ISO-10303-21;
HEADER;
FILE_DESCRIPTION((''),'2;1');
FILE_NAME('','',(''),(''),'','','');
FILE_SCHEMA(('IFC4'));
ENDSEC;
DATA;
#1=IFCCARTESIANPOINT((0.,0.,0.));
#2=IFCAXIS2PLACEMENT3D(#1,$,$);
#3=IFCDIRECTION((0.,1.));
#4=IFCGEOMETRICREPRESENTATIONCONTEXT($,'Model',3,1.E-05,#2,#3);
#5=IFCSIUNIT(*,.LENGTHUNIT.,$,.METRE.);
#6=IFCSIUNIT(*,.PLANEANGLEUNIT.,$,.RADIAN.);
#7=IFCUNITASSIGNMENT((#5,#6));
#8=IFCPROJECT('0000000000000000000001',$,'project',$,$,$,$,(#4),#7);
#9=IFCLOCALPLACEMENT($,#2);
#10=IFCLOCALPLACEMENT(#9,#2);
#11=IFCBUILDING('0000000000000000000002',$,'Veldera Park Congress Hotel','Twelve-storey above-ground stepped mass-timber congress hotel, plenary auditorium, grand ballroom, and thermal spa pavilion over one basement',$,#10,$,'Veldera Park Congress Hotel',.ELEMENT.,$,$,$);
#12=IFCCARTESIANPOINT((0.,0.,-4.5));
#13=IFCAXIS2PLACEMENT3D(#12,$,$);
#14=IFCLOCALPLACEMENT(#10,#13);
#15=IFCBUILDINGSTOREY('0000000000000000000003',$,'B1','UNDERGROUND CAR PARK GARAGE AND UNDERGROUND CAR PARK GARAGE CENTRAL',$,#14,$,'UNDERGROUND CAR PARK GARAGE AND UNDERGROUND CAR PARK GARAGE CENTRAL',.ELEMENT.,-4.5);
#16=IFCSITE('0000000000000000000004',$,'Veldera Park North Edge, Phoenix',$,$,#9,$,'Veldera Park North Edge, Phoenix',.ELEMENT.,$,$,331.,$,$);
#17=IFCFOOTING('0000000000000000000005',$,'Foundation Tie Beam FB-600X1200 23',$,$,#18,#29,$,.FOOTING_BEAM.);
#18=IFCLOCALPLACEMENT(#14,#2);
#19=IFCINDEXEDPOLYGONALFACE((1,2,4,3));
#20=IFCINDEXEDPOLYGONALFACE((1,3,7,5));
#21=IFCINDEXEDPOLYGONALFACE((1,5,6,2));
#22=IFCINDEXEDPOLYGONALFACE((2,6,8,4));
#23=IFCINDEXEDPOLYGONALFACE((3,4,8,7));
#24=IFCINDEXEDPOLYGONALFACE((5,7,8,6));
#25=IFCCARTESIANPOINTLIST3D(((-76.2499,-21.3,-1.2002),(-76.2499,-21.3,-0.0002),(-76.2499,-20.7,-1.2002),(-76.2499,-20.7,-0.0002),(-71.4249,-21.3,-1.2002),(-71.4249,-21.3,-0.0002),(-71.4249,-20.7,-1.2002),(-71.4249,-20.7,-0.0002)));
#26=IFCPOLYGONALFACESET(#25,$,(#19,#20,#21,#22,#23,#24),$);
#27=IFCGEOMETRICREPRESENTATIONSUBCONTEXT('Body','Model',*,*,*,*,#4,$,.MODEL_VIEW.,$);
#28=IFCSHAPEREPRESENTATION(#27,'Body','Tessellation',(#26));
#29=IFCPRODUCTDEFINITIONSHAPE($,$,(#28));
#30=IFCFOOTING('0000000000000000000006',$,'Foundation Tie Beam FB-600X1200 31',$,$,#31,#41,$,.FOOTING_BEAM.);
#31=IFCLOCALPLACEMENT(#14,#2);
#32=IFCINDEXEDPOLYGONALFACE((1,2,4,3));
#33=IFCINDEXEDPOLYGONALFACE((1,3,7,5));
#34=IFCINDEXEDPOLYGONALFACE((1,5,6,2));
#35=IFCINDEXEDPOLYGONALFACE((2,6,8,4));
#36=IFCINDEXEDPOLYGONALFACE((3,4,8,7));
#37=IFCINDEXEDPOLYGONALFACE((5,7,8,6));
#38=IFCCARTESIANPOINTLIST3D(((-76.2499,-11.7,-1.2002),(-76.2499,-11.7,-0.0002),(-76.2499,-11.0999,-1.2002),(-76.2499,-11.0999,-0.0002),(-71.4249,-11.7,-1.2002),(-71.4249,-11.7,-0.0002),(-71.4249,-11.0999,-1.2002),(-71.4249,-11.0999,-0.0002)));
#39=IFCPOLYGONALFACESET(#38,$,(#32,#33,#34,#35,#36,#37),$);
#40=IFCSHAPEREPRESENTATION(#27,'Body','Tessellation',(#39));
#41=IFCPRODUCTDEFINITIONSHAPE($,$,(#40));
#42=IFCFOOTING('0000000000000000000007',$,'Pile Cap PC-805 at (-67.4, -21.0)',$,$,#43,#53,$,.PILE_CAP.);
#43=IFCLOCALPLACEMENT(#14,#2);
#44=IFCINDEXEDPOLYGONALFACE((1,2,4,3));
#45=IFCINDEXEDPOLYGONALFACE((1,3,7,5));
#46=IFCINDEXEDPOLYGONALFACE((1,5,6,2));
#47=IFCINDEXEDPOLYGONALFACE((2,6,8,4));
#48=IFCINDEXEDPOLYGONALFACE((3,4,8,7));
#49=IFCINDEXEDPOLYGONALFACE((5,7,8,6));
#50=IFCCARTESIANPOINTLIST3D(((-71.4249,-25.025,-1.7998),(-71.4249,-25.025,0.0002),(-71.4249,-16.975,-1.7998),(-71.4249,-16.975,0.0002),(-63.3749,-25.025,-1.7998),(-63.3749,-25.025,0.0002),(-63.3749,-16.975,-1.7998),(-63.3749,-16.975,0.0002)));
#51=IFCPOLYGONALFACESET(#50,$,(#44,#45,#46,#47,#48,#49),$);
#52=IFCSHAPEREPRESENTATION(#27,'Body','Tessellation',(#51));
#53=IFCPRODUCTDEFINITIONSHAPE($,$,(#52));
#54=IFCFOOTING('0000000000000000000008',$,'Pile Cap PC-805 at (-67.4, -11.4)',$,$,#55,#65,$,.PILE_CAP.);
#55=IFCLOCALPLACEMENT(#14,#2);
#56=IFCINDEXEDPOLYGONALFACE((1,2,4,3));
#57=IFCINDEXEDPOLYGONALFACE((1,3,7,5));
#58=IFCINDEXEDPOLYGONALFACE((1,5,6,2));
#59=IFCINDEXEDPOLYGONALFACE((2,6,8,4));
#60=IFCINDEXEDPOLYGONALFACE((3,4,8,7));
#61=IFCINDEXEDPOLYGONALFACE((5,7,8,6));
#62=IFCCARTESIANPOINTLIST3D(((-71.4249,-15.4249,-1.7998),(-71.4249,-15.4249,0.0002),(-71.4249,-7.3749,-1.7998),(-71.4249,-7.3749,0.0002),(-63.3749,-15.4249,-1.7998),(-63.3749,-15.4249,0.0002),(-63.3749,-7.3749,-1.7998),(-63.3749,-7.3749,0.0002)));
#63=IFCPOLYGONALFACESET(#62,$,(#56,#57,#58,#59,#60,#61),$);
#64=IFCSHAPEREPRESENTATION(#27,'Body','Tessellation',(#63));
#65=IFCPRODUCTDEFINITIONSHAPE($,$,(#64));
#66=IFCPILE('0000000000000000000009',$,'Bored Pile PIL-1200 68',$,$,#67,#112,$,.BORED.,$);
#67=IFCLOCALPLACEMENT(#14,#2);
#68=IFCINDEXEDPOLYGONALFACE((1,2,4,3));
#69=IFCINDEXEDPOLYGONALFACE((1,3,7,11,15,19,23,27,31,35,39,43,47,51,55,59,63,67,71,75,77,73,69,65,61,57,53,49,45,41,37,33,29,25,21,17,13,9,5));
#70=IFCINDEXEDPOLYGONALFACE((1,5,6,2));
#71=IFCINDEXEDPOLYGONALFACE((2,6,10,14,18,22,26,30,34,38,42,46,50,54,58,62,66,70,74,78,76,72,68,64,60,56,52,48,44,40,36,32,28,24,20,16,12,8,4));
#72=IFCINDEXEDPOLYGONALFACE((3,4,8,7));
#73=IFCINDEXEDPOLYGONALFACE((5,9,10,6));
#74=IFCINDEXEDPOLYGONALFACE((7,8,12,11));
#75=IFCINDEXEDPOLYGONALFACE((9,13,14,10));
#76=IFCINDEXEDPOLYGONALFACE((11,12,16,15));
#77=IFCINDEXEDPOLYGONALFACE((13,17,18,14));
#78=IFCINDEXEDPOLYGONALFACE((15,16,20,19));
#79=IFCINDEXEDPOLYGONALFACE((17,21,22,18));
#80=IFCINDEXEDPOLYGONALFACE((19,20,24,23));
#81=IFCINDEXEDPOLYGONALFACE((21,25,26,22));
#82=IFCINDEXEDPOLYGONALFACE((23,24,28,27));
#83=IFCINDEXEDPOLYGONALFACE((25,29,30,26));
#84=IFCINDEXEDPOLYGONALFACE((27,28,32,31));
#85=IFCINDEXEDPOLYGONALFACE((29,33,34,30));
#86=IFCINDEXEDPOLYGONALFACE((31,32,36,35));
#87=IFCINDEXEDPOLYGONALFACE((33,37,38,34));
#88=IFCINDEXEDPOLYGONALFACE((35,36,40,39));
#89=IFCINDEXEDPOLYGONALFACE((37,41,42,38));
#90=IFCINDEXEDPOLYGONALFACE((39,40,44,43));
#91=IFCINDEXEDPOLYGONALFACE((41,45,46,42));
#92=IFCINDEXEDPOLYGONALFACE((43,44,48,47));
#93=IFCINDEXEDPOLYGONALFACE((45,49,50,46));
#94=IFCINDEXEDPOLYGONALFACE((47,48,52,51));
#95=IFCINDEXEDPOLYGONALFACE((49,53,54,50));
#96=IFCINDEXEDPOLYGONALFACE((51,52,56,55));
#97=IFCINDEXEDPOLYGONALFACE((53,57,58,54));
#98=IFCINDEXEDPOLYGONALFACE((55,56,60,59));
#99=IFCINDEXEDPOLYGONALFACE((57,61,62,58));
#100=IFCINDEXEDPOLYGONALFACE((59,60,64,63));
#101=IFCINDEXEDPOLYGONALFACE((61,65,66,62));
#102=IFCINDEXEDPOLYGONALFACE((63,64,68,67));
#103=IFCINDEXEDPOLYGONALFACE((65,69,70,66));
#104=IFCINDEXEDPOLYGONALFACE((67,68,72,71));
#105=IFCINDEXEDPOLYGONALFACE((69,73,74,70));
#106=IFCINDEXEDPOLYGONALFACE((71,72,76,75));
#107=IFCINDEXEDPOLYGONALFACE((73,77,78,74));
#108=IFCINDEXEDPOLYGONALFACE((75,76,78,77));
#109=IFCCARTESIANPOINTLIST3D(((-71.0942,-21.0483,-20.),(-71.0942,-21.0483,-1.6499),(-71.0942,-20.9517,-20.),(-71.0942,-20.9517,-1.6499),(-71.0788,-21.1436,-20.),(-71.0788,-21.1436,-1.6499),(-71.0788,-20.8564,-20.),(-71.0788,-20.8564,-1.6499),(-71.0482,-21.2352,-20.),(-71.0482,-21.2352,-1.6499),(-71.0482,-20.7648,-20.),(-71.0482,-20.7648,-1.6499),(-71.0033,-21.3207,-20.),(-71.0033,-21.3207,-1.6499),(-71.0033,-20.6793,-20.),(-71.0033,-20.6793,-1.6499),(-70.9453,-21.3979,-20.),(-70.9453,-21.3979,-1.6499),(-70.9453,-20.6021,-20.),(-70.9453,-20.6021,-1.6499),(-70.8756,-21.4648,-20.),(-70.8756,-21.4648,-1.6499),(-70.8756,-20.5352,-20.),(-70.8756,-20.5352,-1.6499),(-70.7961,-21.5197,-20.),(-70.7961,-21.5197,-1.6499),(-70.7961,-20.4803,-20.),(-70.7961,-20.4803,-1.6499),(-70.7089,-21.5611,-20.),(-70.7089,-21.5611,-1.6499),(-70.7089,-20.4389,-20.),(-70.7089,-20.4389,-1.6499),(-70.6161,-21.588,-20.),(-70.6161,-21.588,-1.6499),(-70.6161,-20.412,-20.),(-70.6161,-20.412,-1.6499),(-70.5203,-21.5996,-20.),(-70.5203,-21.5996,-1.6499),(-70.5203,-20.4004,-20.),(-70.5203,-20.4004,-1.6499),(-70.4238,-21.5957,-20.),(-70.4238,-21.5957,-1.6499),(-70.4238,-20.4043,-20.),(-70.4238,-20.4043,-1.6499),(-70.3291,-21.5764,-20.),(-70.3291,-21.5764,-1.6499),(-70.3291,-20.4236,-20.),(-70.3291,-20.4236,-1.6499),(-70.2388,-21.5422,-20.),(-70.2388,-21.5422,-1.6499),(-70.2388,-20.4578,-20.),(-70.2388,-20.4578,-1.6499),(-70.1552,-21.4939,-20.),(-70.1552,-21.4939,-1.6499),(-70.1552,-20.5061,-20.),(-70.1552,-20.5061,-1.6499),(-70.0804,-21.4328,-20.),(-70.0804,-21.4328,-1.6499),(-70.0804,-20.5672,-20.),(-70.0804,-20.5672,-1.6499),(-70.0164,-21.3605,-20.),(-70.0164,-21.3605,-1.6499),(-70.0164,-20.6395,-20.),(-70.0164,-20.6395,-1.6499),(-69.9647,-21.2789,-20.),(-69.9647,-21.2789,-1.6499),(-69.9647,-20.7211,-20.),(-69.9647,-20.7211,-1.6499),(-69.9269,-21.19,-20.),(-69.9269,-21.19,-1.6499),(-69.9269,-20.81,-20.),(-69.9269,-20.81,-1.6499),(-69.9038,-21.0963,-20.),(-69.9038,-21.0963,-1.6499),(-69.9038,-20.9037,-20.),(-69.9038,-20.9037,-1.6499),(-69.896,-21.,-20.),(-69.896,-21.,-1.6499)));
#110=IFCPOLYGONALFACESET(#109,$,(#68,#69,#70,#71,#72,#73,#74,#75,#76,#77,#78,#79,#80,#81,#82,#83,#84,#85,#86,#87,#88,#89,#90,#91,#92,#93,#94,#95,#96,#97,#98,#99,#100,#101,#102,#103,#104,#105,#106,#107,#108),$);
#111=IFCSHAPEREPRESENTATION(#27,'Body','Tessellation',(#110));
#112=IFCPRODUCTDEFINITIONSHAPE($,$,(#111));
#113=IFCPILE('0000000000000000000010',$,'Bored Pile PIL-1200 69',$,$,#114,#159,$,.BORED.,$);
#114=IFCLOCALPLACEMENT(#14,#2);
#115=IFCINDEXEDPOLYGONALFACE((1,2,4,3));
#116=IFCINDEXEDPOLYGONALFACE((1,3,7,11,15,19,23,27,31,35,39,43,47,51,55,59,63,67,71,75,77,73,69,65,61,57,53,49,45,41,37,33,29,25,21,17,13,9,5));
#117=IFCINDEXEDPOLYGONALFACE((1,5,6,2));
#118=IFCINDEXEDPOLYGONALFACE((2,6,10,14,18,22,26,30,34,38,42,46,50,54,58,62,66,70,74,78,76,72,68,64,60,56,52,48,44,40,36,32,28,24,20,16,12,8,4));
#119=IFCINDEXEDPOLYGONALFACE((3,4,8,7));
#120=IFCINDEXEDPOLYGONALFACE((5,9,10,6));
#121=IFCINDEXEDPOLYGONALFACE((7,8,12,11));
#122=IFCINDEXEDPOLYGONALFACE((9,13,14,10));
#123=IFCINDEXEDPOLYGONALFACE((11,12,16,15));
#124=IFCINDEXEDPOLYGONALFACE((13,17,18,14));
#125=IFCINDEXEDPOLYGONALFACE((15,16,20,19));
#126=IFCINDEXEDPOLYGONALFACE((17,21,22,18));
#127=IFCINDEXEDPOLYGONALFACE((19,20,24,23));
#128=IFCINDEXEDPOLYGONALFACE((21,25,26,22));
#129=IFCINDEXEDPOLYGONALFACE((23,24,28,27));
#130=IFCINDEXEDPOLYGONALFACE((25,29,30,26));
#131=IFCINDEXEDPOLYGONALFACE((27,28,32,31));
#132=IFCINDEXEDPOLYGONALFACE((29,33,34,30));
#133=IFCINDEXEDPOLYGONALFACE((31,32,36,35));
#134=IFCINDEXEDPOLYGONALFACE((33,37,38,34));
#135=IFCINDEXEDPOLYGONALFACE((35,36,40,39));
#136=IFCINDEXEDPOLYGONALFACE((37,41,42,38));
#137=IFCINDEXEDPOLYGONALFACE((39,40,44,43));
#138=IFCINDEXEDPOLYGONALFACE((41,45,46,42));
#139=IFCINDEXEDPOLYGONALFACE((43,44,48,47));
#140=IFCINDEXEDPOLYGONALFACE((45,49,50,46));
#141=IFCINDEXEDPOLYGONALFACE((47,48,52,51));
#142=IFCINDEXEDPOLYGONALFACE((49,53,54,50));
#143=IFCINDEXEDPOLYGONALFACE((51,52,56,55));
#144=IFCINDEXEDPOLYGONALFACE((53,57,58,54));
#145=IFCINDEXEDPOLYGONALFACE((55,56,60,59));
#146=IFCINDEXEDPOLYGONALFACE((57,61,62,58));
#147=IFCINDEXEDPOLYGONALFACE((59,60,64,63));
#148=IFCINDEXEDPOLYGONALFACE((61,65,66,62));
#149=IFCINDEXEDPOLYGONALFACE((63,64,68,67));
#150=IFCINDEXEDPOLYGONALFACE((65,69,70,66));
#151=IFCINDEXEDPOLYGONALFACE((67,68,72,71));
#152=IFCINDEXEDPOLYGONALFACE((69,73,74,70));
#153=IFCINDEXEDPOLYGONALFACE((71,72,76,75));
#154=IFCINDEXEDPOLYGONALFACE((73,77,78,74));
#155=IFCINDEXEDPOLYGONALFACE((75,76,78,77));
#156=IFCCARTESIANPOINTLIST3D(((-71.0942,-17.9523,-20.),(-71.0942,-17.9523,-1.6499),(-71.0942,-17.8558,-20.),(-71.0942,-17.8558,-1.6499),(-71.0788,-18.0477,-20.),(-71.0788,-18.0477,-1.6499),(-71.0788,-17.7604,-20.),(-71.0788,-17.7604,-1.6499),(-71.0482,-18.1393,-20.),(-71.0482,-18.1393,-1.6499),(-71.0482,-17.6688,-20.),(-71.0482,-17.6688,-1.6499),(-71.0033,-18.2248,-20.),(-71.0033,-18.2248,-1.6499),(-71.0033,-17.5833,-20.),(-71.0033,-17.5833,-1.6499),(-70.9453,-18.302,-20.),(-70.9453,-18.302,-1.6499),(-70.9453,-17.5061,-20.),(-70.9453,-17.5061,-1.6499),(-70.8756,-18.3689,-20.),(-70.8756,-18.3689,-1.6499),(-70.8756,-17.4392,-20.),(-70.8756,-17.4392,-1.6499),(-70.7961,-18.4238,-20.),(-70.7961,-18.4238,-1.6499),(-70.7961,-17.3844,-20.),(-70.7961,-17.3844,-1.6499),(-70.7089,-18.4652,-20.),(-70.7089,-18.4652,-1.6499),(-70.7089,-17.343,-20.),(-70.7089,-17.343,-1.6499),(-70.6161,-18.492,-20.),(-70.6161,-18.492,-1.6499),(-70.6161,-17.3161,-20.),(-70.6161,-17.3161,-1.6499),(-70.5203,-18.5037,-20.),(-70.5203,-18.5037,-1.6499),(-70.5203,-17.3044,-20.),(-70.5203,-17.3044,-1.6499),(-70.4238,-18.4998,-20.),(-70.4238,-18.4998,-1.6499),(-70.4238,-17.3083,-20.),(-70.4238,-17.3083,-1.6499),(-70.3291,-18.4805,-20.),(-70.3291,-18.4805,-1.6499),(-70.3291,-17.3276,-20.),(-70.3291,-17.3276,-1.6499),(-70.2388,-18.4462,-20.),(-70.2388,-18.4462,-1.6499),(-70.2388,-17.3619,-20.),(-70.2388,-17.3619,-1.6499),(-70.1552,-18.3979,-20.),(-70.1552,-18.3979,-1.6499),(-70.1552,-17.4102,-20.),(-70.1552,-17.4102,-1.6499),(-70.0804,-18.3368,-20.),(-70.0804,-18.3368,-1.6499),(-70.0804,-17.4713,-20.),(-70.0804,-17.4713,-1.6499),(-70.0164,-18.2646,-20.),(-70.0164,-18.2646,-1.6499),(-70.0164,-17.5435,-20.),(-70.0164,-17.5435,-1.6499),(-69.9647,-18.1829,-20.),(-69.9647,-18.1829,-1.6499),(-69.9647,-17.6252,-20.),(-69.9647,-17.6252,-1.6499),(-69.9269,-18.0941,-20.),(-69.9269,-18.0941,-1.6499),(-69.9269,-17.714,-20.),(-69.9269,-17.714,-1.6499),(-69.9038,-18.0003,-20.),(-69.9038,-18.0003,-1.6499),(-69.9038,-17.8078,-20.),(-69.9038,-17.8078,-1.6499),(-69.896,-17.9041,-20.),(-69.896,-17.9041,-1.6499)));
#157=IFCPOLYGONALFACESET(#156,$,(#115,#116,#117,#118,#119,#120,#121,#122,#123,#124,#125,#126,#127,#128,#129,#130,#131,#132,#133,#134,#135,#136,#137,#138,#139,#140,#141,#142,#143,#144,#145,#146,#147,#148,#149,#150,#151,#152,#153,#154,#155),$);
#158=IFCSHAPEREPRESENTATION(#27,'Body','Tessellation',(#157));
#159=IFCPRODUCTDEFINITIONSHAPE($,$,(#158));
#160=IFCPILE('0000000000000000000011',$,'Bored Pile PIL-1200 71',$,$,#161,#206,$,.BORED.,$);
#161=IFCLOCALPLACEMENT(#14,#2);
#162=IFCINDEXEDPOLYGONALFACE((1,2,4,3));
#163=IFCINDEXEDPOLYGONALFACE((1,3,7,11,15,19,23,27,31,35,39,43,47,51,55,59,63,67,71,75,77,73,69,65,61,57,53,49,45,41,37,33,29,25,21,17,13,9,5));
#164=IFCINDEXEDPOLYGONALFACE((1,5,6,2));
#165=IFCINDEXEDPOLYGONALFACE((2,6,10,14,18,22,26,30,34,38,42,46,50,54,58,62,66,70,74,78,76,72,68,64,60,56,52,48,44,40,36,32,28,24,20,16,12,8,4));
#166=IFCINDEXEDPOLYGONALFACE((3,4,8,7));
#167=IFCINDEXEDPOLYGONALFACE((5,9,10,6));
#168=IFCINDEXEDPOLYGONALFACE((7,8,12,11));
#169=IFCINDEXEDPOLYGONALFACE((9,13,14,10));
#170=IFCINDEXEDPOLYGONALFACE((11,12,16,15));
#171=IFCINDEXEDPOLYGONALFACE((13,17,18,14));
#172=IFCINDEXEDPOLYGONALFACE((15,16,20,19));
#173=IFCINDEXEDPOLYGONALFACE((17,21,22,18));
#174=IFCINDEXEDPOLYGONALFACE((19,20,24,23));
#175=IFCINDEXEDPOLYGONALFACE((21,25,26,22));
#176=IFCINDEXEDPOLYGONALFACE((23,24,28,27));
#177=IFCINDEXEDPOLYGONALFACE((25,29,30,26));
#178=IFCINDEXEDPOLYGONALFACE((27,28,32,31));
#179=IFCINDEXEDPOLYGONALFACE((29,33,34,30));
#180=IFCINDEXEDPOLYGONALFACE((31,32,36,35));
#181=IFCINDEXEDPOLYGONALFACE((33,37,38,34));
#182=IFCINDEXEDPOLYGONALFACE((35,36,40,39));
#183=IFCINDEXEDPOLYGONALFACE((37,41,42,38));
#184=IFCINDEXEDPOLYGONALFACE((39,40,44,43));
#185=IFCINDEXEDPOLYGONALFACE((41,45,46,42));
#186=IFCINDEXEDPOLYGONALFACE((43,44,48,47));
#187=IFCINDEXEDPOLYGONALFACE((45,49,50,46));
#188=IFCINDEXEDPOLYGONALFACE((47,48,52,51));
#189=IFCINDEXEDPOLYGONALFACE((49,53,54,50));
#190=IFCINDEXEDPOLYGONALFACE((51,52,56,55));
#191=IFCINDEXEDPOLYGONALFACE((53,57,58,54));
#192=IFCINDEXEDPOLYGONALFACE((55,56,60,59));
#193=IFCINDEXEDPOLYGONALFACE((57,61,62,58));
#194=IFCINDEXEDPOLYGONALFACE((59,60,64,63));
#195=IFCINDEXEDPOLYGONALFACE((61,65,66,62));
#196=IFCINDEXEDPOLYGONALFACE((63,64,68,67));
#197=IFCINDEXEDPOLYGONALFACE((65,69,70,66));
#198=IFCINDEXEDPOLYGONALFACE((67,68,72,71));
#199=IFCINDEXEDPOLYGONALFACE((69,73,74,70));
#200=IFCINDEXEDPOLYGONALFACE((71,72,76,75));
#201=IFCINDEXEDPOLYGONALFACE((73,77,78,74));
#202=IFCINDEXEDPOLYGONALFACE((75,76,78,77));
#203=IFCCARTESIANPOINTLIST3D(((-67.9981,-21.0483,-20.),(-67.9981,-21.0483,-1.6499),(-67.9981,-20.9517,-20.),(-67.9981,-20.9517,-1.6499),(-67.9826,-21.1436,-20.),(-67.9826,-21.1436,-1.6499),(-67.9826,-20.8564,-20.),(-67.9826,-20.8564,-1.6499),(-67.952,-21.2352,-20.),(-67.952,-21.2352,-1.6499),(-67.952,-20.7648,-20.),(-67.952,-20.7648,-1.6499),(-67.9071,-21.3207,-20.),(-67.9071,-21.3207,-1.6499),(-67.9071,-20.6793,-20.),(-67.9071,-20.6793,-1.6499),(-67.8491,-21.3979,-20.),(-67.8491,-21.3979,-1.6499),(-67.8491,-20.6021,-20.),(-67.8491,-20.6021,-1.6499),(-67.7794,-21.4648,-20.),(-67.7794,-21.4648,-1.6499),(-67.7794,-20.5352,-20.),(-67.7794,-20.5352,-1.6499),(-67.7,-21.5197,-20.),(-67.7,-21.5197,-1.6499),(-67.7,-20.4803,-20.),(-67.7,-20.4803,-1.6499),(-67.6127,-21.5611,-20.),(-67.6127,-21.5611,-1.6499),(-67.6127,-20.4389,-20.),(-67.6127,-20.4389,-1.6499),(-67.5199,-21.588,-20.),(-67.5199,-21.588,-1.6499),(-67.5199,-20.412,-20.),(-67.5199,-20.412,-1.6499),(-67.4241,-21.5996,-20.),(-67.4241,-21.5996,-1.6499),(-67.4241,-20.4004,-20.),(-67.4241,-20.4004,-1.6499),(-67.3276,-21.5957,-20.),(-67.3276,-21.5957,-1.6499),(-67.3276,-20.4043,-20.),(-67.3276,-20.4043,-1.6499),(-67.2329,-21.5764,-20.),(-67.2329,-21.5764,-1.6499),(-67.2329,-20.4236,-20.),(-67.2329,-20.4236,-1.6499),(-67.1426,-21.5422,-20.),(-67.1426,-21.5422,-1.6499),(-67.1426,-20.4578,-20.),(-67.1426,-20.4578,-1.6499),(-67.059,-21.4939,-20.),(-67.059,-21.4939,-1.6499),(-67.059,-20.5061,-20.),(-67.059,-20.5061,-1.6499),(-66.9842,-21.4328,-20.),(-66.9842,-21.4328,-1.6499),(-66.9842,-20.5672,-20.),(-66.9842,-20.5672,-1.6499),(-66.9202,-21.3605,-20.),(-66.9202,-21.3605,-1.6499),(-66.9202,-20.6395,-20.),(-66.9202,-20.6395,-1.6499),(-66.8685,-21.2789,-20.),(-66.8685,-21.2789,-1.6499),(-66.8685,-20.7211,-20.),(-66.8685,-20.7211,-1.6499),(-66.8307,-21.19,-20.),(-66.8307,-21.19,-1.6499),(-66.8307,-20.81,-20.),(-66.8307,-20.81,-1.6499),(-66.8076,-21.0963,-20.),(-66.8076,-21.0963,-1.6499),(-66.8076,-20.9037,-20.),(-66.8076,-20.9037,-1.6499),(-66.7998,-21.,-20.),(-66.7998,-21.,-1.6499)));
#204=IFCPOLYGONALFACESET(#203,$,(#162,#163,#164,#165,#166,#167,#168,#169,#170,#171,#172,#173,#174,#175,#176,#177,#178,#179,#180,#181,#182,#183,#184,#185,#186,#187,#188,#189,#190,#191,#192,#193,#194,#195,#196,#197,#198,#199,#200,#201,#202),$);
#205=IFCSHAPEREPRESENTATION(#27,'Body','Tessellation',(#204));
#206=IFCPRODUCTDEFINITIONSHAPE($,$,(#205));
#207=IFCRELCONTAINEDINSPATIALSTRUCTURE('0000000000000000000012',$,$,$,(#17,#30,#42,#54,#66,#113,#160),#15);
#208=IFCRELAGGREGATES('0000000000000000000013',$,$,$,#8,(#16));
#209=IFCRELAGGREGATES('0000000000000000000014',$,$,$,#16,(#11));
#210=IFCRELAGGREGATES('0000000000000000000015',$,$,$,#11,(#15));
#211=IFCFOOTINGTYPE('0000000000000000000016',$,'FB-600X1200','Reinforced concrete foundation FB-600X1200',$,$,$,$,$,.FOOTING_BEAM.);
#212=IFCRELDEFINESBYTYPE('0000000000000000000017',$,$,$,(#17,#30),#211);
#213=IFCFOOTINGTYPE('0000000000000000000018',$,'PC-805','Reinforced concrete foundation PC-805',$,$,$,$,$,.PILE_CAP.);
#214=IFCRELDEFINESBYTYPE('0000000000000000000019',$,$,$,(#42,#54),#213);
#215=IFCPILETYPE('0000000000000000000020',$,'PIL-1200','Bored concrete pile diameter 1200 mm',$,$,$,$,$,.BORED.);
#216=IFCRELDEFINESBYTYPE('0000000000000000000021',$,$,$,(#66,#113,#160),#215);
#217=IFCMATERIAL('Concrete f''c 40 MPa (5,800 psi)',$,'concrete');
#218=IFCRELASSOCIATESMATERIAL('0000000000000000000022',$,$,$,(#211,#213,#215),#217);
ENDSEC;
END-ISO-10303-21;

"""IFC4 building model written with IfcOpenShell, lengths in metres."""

from ifc_helpers import new_model, si_unit, direction, frame, origin, origin_2d, place, context, subcontext, project, spatial, rectangle, circle, extrude, material, material_profile, profile_set, type_object, element, save


model = new_model("IFC4")

# Units and contexts
model_context = context("Model", 3, precision=1e-05, world=origin(), true_north=direction((0.0, 1.0)))
body_context = subcontext(model_context, "Body", "Model", "MODEL_VIEW")
ifc_project = project(units=[si_unit("LENGTHUNIT", "METRE"), si_unit("PLANEANGLEUNIT", "RADIAN")], contexts=[model_context])

# Site, building, storey
site_placement = place(None, origin())
site = spatial("IfcSite", under=ifc_project, at=site_placement, Name="Veldera Park North Edge, Phoenix", LongName="Veldera Park North Edge, Phoenix", CompositionType="ELEMENT", RefElevation=331.0)
building_placement = place(site_placement, origin())
building = spatial("IfcBuilding", under=site, at=building_placement, Name="Veldera Park Congress Hotel", Description="Twelve-storey above-ground stepped mass-timber congress hotel, plenary auditorium, grand ballroom, and thermal spa pavilion over one basement", LongName="Veldera Park Congress Hotel", CompositionType="ELEMENT")
storey_placement = place(building_placement, frame((0.0, 0.0, -4.5)))
storey = spatial("IfcBuildingStorey", under=building, at=storey_placement, Name="B1", Description="UNDERGROUND CAR PARK GARAGE AND UNDERGROUND CAR PARK GARAGE CENTRAL", LongName="UNDERGROUND CAR PARK GARAGE AND UNDERGROUND CAR PARK GARAGE CENTRAL", CompositionType="ELEMENT", Elevation=-4.5)

# Footings
ifc_material_1 = material(Name="Concrete f'c 40 MPa (5,800 psi)", Category="concrete")
footing_type_1 = type_object("IfcFootingType", Name="FB-600X1200", Description="Reinforced concrete foundation FB-600X1200", PredefinedType="FOOTING_BEAM", material=ifc_material_1)
for number, where, z_axis, x_axis, name in (
    (1, (-73.8374, -21.0, -1.2002), (0.0, 0.0, 1.0), (1.0, 0.0, 0.0), "Foundation Tie Beam FB-600X1200 23"),
    (2, (-73.8374, -11.3999, -1.2002), (0.0, 0.0, 1.0), (1.0, 0.0, 0.0), "Foundation Tie Beam FB-600X1200 31"),
):
    element("IfcFooting", number, at=place(storey_placement, frame(where, z_axis=z_axis, x_axis=x_axis)), inside=storey, type_object=footing_type_1, Name=name, PredefinedType="FOOTING_BEAM", context=body_context, shape_type="SweptSolid", body=[
        extrude(rectangle(XDim=4.825, YDim=0.6001, at=origin_2d()), origin(), (0.0, 0.0, 1.0), 1.2),
    ])
footing_type_2 = type_object("IfcFootingType", Name="PC-805", Description="Reinforced concrete foundation PC-805", PredefinedType="PILE_CAP", material=ifc_material_1)
for number, where, z_axis, x_axis, name in (
    (3, (-67.3999, -21.0, -1.7998), (0.0, 0.0, 1.0), (1.0, 0.0, 0.0), "Pile Cap PC-805 at (-67.4, -21.0)"),
    (4, (-67.3999, -11.3999, -1.7998), (0.0, 0.0, 1.0), (1.0, 0.0, 0.0), "Pile Cap PC-805 at (-67.4, -11.4)"),
):
    element("IfcFooting", number, at=place(storey_placement, frame(where, z_axis=z_axis, x_axis=x_axis)), inside=storey, type_object=footing_type_2, Name=name, PredefinedType="PILE_CAP", context=body_context, shape_type="SweptSolid", body=[
        extrude(rectangle(XDim=8.05, YDim=8.05, at=origin_2d()), origin(), (0.0, 0.0, 1.0), 1.8),
    ])

# Piles
ifc_material_profile_1 = material_profile(ifc_material_1, circle(Radius=0.6001, at=origin_2d()), Name="PILE D1200")
ifc_profile_set_1 = profile_set([ifc_material_profile_1], Name="Concrete f'c 40 MPa (5,800 psi)")
pile_type_1 = type_object("IfcPileType", Name="PIL-1200", Description="Bored concrete pile diameter 1200 mm", PredefinedType="BORED", material=ifc_profile_set_1)
for number, where, z_axis, x_axis, name in (
    (5, (-70.4961, -21.0, -1.6499), (0.0, 0.0, -1.0), (1.0, 0.0, 0.0), "Bored Pile PIL-1200 68"),
    (6, (-70.4961, -17.9041, -1.6499), (0.0, 0.0, -1.0), (1.0, 0.0, 0.0), "Bored Pile PIL-1200 69"),
    (7, (-67.3999, -21.0, -1.6499), (0.0, 0.0, -1.0), (1.0, 0.0, 0.0), "Bored Pile PIL-1200 71"),
):
    element("IfcPile", number, at=place(storey_placement, frame(where, z_axis=z_axis, x_axis=x_axis)), inside=storey, type_object=pile_type_1, Name=name, PredefinedType="BORED", context=body_context, shape_type="SweptSolid", body=[
        extrude(circle(Radius=0.6001, at=origin_2d()), origin(), (0.0, 0.0, 1.0), 18.3501),
    ])

save(model, "model.ifc")
